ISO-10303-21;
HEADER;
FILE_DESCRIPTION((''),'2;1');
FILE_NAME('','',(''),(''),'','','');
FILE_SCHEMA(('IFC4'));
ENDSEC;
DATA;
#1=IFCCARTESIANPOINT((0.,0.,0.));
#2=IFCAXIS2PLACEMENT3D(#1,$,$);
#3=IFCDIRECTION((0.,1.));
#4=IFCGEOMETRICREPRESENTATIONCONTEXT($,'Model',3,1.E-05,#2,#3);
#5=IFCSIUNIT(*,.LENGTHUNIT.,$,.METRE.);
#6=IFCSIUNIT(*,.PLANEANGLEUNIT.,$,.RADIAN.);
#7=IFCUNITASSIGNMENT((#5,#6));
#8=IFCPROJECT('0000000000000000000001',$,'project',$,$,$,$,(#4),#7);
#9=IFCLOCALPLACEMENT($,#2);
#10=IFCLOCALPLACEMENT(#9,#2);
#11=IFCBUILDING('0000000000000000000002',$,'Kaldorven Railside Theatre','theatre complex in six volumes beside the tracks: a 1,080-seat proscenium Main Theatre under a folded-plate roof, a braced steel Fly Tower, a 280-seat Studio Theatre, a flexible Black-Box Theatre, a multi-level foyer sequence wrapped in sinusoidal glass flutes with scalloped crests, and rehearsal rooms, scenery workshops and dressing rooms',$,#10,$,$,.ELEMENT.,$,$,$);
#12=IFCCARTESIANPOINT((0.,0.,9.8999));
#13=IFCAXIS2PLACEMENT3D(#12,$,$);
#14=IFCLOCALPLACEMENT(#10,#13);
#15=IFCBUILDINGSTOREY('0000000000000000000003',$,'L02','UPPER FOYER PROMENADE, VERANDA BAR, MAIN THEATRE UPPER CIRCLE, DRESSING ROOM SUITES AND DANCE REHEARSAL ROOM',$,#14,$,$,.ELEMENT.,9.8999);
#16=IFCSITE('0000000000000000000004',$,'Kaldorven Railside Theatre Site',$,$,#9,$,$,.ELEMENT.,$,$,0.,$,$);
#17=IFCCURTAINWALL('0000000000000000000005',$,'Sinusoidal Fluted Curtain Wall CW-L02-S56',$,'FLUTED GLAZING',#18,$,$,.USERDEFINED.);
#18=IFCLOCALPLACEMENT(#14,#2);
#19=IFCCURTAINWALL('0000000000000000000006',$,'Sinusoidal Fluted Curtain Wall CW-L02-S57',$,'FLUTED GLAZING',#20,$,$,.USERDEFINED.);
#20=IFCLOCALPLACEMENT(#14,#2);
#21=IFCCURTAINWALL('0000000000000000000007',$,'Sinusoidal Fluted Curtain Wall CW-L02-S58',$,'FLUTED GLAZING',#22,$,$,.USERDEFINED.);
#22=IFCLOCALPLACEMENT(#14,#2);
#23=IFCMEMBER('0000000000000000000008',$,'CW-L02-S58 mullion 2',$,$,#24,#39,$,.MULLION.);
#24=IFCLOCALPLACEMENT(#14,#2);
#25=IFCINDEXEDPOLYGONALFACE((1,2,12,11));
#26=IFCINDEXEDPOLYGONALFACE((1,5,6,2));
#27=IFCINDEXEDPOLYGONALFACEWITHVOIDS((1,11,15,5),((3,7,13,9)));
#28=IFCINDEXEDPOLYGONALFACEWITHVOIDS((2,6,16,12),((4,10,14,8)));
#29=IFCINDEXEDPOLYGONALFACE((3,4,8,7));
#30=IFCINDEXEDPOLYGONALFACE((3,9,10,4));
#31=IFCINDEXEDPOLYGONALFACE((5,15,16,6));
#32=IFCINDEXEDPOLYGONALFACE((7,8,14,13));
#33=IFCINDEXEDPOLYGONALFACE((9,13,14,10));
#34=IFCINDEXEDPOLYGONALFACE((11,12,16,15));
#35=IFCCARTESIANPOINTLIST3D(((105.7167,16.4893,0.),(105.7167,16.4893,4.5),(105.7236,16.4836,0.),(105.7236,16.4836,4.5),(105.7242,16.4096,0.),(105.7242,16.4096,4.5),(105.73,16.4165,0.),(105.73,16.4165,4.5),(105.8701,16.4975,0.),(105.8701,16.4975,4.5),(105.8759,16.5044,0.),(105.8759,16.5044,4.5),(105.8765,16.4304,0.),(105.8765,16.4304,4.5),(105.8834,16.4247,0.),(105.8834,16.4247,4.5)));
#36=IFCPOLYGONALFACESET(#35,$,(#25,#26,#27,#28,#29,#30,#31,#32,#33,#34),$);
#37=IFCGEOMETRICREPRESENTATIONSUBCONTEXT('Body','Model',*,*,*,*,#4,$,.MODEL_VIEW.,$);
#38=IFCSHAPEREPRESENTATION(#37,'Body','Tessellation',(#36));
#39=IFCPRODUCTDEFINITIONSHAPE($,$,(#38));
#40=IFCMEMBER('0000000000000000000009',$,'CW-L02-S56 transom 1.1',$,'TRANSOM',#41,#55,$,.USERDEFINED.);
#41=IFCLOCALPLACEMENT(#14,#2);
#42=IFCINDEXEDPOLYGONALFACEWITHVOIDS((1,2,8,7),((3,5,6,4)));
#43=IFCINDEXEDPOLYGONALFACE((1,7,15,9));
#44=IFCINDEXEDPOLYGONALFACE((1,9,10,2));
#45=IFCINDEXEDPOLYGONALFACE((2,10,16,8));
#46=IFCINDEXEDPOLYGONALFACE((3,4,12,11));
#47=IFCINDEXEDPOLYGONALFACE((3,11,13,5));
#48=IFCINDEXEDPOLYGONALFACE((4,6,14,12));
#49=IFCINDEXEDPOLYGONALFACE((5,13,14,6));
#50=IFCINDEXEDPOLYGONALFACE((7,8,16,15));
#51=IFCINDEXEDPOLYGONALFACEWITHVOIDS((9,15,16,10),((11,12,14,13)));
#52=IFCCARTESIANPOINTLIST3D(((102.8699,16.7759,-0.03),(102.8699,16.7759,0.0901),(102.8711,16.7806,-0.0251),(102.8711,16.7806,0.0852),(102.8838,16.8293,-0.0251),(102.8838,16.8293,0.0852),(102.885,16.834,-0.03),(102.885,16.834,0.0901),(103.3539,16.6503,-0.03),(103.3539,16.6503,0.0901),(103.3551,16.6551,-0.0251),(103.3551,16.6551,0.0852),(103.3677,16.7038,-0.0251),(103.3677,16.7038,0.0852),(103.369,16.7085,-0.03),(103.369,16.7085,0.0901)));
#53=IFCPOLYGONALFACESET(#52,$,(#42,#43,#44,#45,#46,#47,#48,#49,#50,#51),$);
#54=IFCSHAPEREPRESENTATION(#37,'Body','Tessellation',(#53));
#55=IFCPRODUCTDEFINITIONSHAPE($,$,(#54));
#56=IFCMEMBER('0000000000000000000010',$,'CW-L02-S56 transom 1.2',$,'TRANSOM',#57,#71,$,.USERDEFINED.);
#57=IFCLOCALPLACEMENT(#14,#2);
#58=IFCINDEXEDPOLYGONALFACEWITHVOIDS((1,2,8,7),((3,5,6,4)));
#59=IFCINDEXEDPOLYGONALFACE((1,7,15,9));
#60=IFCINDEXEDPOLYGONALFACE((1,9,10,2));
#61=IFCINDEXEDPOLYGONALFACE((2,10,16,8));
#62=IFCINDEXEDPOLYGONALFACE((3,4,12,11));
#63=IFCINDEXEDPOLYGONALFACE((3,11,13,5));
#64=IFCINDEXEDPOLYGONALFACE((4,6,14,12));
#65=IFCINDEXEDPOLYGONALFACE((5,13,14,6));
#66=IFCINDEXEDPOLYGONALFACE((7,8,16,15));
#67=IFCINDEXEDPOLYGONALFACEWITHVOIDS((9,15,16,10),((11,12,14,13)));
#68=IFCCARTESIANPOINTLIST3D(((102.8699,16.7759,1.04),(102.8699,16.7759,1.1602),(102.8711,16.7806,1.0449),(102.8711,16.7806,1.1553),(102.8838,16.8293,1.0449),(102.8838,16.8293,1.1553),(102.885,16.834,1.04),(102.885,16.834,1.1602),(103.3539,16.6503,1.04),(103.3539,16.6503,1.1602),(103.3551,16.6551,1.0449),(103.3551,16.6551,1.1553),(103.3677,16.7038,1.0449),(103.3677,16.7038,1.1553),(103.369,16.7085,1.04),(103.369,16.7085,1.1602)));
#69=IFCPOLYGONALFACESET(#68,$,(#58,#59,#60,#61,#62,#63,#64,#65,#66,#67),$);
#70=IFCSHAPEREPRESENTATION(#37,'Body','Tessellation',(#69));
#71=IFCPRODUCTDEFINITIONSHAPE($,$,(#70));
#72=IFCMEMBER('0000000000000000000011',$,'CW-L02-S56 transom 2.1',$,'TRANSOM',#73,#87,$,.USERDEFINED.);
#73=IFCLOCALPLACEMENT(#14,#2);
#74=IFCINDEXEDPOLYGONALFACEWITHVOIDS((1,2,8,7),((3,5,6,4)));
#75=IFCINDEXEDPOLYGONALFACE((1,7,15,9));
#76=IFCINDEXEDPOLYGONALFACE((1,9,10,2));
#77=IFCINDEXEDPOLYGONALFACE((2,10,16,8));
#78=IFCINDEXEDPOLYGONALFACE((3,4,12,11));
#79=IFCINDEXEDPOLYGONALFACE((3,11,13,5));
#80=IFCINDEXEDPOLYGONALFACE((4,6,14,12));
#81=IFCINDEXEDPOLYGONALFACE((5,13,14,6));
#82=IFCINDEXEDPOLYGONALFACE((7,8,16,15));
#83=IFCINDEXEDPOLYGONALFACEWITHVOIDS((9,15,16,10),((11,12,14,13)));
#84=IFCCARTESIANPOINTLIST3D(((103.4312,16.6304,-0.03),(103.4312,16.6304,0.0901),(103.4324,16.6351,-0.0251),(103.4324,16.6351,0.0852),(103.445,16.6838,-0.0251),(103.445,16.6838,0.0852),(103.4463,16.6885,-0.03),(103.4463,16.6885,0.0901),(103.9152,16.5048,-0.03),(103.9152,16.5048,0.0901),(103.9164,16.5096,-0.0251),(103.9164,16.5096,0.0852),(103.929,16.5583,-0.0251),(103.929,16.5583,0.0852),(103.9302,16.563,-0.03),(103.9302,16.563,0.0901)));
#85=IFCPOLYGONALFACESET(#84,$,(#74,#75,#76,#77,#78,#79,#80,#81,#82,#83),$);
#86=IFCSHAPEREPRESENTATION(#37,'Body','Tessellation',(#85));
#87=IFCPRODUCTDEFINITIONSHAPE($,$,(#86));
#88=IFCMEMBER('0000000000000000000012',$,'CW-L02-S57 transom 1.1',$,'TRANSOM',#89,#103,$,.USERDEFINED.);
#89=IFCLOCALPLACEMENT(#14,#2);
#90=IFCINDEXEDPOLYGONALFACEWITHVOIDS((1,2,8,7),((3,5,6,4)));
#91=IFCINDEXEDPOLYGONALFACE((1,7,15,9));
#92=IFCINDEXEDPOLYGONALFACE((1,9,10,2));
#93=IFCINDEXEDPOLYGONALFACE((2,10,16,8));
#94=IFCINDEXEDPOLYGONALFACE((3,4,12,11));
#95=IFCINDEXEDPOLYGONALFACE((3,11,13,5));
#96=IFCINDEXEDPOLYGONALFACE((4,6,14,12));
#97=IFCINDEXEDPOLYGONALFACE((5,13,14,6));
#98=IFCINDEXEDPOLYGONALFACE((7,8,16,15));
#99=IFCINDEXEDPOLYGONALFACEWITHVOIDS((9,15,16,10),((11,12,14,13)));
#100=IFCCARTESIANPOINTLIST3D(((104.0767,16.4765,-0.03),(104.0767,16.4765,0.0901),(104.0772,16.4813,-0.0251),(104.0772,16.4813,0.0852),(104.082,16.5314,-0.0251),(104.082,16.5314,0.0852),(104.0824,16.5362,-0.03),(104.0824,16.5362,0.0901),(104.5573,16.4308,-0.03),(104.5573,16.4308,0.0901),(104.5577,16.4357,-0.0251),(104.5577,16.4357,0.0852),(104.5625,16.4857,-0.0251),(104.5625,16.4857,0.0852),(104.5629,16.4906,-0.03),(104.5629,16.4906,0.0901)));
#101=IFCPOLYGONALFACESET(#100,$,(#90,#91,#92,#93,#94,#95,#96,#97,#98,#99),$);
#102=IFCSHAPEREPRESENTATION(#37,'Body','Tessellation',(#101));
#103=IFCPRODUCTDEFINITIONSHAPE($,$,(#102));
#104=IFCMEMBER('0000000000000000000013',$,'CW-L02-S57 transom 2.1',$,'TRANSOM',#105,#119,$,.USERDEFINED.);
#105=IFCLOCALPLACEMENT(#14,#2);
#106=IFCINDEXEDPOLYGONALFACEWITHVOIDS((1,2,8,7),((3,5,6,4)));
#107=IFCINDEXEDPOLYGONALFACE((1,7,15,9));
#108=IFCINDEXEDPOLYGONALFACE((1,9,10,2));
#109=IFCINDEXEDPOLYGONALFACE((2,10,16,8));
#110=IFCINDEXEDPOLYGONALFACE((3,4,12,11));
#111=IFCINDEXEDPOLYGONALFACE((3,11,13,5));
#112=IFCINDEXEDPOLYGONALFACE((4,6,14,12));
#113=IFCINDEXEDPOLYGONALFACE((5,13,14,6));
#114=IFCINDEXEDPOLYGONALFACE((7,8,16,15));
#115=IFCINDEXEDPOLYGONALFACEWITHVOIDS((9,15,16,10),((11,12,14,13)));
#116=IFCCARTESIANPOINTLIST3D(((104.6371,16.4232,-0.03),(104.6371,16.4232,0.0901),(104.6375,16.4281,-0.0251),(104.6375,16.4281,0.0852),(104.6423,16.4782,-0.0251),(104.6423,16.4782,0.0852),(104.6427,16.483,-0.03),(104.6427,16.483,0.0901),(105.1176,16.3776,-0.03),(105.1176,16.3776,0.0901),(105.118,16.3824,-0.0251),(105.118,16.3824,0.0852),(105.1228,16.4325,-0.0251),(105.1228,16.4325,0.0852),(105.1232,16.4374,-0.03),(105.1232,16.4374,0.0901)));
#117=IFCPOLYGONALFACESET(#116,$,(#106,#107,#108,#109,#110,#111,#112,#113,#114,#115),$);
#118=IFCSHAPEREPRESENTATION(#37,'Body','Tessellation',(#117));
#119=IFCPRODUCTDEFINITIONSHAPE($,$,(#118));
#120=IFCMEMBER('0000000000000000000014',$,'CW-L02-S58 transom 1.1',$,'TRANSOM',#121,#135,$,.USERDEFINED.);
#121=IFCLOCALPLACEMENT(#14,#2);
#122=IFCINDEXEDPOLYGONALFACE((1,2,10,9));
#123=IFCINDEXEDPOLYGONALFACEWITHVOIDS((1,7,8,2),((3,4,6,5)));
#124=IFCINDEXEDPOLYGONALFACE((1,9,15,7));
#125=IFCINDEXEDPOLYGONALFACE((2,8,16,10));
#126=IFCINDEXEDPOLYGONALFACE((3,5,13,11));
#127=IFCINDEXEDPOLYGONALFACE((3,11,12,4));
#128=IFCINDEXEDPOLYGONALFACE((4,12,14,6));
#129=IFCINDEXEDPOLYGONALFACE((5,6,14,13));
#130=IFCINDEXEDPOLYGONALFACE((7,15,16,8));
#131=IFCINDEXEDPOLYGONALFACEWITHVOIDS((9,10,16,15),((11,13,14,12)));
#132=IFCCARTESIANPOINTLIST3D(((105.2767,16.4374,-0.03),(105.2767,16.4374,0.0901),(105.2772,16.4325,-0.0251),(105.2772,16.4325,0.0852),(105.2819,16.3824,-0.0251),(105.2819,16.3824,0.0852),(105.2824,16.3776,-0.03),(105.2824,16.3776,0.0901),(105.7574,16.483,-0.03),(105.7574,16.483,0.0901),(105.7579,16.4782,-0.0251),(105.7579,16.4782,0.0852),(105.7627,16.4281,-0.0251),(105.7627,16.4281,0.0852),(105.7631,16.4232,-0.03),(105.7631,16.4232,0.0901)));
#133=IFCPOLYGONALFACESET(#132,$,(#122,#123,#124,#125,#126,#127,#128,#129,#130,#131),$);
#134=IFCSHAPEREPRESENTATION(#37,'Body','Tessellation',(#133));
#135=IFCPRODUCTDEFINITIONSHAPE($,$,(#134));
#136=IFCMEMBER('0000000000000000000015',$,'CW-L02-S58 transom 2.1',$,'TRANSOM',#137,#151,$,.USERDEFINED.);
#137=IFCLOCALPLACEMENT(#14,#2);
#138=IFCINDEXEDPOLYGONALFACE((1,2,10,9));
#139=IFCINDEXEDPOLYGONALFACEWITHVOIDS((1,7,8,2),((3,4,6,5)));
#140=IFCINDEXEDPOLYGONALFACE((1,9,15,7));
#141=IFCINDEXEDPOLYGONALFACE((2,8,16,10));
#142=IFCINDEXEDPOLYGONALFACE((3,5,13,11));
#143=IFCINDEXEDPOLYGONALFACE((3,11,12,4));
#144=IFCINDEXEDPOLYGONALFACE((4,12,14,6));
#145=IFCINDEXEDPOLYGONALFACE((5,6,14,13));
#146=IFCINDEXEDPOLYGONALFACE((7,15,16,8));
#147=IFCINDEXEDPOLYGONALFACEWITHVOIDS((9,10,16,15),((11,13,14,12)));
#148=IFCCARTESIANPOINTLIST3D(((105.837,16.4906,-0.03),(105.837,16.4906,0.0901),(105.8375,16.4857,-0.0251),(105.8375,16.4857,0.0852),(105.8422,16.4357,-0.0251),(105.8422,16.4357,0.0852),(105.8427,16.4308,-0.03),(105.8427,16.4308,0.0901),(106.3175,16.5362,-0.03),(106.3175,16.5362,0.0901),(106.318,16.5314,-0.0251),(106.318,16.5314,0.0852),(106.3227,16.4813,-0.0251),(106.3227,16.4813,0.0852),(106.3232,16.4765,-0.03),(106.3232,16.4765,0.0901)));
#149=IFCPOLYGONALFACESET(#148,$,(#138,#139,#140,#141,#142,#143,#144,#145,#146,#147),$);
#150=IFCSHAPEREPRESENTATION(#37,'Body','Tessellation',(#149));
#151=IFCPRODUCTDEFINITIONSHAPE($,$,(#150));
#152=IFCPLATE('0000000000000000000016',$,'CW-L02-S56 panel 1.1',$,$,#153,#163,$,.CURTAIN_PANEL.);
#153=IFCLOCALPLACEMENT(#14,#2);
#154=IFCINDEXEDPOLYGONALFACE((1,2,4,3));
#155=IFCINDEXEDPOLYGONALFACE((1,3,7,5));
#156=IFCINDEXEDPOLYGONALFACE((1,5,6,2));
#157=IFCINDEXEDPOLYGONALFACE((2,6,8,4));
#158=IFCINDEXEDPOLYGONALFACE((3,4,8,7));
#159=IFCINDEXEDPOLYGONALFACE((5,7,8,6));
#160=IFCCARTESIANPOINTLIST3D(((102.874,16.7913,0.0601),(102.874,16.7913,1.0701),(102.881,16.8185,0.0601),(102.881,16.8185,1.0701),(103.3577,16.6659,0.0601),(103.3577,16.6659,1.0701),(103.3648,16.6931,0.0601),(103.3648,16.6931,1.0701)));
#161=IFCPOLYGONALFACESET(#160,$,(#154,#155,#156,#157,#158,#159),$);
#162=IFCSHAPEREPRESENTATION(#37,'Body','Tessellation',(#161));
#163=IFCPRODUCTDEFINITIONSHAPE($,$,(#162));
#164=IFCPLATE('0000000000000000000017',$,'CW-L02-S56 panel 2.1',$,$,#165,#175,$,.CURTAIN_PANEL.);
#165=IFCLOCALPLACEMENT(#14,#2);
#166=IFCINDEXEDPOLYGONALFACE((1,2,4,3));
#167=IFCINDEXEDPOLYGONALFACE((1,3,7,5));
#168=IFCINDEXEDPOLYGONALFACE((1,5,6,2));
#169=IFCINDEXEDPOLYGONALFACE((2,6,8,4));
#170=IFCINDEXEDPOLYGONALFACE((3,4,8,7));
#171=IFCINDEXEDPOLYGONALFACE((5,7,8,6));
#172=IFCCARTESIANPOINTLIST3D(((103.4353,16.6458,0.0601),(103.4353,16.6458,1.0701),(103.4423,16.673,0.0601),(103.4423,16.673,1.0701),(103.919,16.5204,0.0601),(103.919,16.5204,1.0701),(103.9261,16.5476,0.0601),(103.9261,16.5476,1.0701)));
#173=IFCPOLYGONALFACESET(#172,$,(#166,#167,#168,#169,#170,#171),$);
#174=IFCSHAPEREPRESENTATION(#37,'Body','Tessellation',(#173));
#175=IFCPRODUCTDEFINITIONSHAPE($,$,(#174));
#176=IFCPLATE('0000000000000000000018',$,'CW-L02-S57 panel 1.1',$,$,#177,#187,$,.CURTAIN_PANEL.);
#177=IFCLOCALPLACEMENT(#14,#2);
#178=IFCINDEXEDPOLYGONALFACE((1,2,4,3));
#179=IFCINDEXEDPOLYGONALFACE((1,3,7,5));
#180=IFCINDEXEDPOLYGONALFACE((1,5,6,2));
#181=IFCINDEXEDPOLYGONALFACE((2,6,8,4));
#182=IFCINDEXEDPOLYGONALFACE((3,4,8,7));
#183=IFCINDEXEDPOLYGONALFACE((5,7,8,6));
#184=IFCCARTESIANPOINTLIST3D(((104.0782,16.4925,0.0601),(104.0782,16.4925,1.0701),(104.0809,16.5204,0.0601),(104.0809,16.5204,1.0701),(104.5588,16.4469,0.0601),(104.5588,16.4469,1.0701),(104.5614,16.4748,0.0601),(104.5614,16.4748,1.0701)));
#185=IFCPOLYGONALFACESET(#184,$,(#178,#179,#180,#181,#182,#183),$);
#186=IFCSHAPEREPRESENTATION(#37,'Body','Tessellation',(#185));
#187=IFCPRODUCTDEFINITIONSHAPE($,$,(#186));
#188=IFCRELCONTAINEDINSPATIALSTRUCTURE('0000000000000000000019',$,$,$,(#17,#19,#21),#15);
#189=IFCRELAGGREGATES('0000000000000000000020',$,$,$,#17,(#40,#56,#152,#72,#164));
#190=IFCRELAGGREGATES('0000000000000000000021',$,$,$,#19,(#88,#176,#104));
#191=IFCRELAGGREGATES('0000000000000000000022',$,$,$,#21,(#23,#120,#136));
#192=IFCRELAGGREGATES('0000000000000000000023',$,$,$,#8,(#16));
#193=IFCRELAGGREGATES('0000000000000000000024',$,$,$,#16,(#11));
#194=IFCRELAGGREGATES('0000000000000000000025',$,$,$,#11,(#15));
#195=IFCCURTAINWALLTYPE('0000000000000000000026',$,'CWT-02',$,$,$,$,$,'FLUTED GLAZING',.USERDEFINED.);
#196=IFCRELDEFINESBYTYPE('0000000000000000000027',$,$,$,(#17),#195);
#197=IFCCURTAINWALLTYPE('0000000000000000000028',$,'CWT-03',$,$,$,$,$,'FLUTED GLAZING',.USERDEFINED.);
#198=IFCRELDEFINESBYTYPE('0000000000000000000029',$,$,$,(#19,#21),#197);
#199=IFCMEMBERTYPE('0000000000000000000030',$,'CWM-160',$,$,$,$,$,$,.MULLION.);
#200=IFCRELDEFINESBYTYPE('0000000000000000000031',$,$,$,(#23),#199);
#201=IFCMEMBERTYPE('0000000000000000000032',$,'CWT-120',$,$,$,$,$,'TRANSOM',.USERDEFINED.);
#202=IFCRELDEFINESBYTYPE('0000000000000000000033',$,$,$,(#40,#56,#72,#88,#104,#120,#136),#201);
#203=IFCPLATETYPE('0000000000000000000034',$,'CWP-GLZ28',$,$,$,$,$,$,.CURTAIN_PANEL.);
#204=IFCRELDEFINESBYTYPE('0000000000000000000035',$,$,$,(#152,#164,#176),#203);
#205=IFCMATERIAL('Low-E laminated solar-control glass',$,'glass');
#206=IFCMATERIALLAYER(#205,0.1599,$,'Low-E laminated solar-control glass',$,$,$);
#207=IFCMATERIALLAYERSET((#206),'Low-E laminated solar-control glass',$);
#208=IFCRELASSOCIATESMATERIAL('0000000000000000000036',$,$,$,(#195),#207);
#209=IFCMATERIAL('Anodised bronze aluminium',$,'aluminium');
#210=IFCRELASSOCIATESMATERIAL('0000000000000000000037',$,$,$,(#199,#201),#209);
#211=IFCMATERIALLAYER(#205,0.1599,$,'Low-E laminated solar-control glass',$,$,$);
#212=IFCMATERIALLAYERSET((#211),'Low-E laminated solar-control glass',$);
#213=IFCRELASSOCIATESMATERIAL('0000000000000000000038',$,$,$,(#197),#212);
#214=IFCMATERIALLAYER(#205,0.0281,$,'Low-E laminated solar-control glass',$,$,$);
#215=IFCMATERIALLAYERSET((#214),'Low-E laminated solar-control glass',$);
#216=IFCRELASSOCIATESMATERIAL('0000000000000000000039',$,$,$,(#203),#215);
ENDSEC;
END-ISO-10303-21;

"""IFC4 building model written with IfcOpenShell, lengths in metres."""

from ifc_helpers import new_model, si_unit, direction, frame, origin, origin_2d, place, context, subcontext, project, spatial, rectangle, hollow_rectangle, extrude, material, layer, layer_set, material_profile, profile_set, type_object, element, aggregate, save


model = new_model("IFC4")

# Units and contexts
model_context = context("Model", 3, precision=1e-05, world=origin(), true_north=direction((0.0, 1.0)))
body_context = subcontext(model_context, "Body", "Model", "MODEL_VIEW")
ifc_project = project(units=[si_unit("LENGTHUNIT", "METRE"), si_unit("PLANEANGLEUNIT", "RADIAN")], contexts=[model_context])

# Site, building, storey
site_placement = place(None, origin())
site = spatial("IfcSite", under=ifc_project, at=site_placement, Name="Kaldorven Railside Theatre Site", CompositionType="ELEMENT", RefElevation=0.0)
building_placement = place(site_placement, origin())
building = spatial("IfcBuilding", under=site, at=building_placement, Name="Kaldorven Railside Theatre", Description="theatre complex in six volumes beside the tracks: a 1,080-seat proscenium Main Theatre under a folded-plate roof, a braced steel Fly Tower, a 280-seat Studio Theatre, a flexible Black-Box Theatre, a multi-level foyer sequence wrapped in sinusoidal glass flutes with scalloped crests, and rehearsal rooms, scenery workshops and dressing rooms", CompositionType="ELEMENT")
storey_placement = place(building_placement, frame((0.0, 0.0, 9.8999)))
storey = spatial("IfcBuildingStorey", under=building, at=storey_placement, Name="L02", Description="UPPER FOYER PROMENADE, VERANDA BAR, MAIN THEATRE UPPER CIRCLE, DRESSING ROOM SUITES AND DANCE REHEARSAL ROOM", CompositionType="ELEMENT", Elevation=9.8999)

# Curtain walls, member
ifc_material_1 = material(Name="Low-E laminated solar-control glass", Category="glass")
ifc_layer_1 = layer(ifc_material_1, 0.1599, Name="Low-E laminated solar-control glass")
ifc_layer_set_1 = layer_set([ifc_layer_1], Name="Low-E laminated solar-control glass")
curtain_wall_type_1 = type_object("IfcCurtainWallType", Name="CWT-02", ElementType="FLUTED GLAZING", PredefinedType="USERDEFINED", material=ifc_layer_set_1)
curtain_wall_1_placement = place(storey_placement, origin())
curtain_wall_1 = element("IfcCurtainWall", 1, at=curtain_wall_1_placement, inside=storey, type_object=curtain_wall_type_1, Name="Sinusoidal Fluted Curtain Wall CW-L02-S56", ObjectType="FLUTED GLAZING", PredefinedType="USERDEFINED")
ifc_material_2 = material(Name="Anodised bronze aluminium", Category="aluminium")
ifc_material_profile_1 = material_profile(ifc_material_2, hollow_rectangle(XDim=0.0801, YDim=0.1599, WallThickness=0.0063, at=origin_2d()), Name="RHS 160x80x6.3")
ifc_profile_set_1 = profile_set([ifc_material_profile_1], Name="Anodised bronze aluminium")
member_type_1 = type_object("IfcMemberType", Name="CWM-160", PredefinedType="MULLION", material=ifc_profile_set_1)
ifc_layer_2 = layer(ifc_material_1, 0.1599, Name="Low-E laminated solar-control glass")
ifc_layer_set_2 = layer_set([ifc_layer_2], Name="Low-E laminated solar-control glass")
curtain_wall_type_2 = type_object("IfcCurtainWallType", Name="CWT-03", ElementType="FLUTED GLAZING", PredefinedType="USERDEFINED", material=ifc_layer_set_2)
curtain_wall_2_placement = place(storey_placement, origin())
curtain_wall_2 = element("IfcCurtainWall", 2, at=curtain_wall_2_placement, inside=storey, type_object=curtain_wall_type_2, Name="Sinusoidal Fluted Curtain Wall CW-L02-S57", ObjectType="FLUTED GLAZING", PredefinedType="USERDEFINED")
curtain_wall_3_placement = place(storey_placement, origin())
curtain_wall_3 = element("IfcCurtainWall", 3, at=curtain_wall_3_placement, inside=storey, type_object=curtain_wall_type_2, Name="Sinusoidal Fluted Curtain Wall CW-L02-S58", ObjectType="FLUTED GLAZING", PredefinedType="USERDEFINED")
member_1_placement = place(storey_placement, frame((105.8, 16.457, 0.0), z_axis=(0.0, 0.0, 1.0), x_axis=(-0.094492, 0.995526, 0.0)))
member_1 = element("IfcMember", 4, at=member_1_placement, type_object=member_type_1, Name="CW-L02-S58 mullion 2", PredefinedType="MULLION", context=body_context, shape_type="SweptSolid", body=[
    extrude(hollow_rectangle(XDim=0.0801, YDim=0.1599, WallThickness=0.0063, at=origin_2d()), origin(), (0.0, 0.0, 1.0), 4.5),
])

# Members
ifc_material_profile_2 = material_profile(ifc_material_2, hollow_rectangle(XDim=0.0601, YDim=0.1201, WallThickness=0.0049, at=origin_2d()), Name="RHS 120x60x5")
ifc_profile_set_2 = profile_set([ifc_material_profile_2], Name="Anodised bronze aluminium")
member_type_2 = type_object("IfcMemberType", Name="CWT-120", ElementType="TRANSOM", PredefinedType="USERDEFINED", material=ifc_profile_set_2)
member_2_placement = place(storey_placement, frame((102.8774, 16.8049, 0.03), z_axis=(0.967979, -0.25103, 0.0), x_axis=(0.25103, 0.967979, 0.0)))
member_2 = element("IfcMember", 5, at=member_2_placement, type_object=member_type_2, Name="CW-L02-S56 transom 1.1", ObjectType="TRANSOM", PredefinedType="USERDEFINED", context=body_context, shape_type="SweptSolid", body=[
    extrude(hollow_rectangle(XDim=0.0601, YDim=0.1201, WallThickness=0.0049, at=origin_2d()), origin(), (0.0, 0.0, 1.0), 0.5),
])
member_3_placement = place(storey_placement, frame((102.8774, 16.8049, 1.1001), z_axis=(0.967979, -0.25103, 0.0), x_axis=(0.25103, 0.967979, 0.0)))
member_3 = element("IfcMember", 6, at=member_3_placement, type_object=member_type_2, Name="CW-L02-S56 transom 1.2", ObjectType="TRANSOM", PredefinedType="USERDEFINED", context=body_context, shape_type="SweptSolid", body=[
    extrude(hollow_rectangle(XDim=0.0601, YDim=0.1201, WallThickness=0.0049, at=origin_2d()), origin(), (0.0, 0.0, 1.0), 0.5),
])
member_4_placement = place(storey_placement, frame((103.4387, 16.6594, 0.03), z_axis=(0.967979, -0.25103, 0.0), x_axis=(0.25103, 0.967979, 0.0)))
member_4 = element("IfcMember", 7, at=member_4_placement, type_object=member_type_2, Name="CW-L02-S56 transom 2.1", ObjectType="TRANSOM", PredefinedType="USERDEFINED", context=body_context, shape_type="SweptSolid", body=[
    extrude(hollow_rectangle(XDim=0.0601, YDim=0.1201, WallThickness=0.0049, at=origin_2d()), origin(), (0.0, 0.0, 1.0), 0.5),
])
member_5_placement = place(storey_placement, frame((104.0796, 16.5063, 0.03), z_axis=(0.995516, -0.094594, 0.0), x_axis=(0.094594, 0.995516, 0.0)))
member_5 = element("IfcMember", 8, at=member_5_placement, type_object=member_type_2, Name="CW-L02-S57 transom 1.1", ObjectType="TRANSOM", PredefinedType="USERDEFINED", context=body_context, shape_type="SweptSolid", body=[
    extrude(hollow_rectangle(XDim=0.0601, YDim=0.1201, WallThickness=0.0049, at=origin_2d()), origin(), (0.0, 0.0, 1.0), 0.4827),
])
member_6_placement = place(storey_placement, frame((104.6399, 16.4531, 0.03), z_axis=(0.995516, -0.094594, 0.0), x_axis=(0.094594, 0.995516, 0.0)))
member_6 = element("IfcMember", 9, at=member_6_placement, type_object=member_type_2, Name="CW-L02-S57 transom 2.1", ObjectType="TRANSOM", PredefinedType="USERDEFINED", context=body_context, shape_type="SweptSolid", body=[
    extrude(hollow_rectangle(XDim=0.0601, YDim=0.1201, WallThickness=0.0049, at=origin_2d()), origin(), (0.0, 0.0, 1.0), 0.4827),
])
member_7_placement = place(storey_placement, frame((105.2795, 16.4075, 0.03), z_axis=(0.99552, 0.094547, 0.0), x_axis=(-0.094547, 0.99552, 0.0)))
member_7 = element("IfcMember", 10, at=member_7_placement, type_object=member_type_2, Name="CW-L02-S58 transom 1.1", ObjectType="TRANSOM", PredefinedType="USERDEFINED", context=body_context, shape_type="SweptSolid", body=[
    extrude(hollow_rectangle(XDim=0.0601, YDim=0.1201, WallThickness=0.0049, at=origin_2d()), origin(), (0.0, 0.0, 1.0), 0.4829),
])
member_8_placement = place(storey_placement, frame((105.8398, 16.4607, 0.03), z_axis=(0.995516, 0.094594, 0.0), x_axis=(-0.094594, 0.995516, 0.0)))
member_8 = element("IfcMember", 11, at=member_8_placement, type_object=member_type_2, Name="CW-L02-S58 transom 2.1", ObjectType="TRANSOM", PredefinedType="USERDEFINED", context=body_context, shape_type="SweptSolid", body=[
    extrude(hollow_rectangle(XDim=0.0601, YDim=0.1201, WallThickness=0.0049, at=origin_2d()), origin(), (0.0, 0.0, 1.0), 0.4827),
])

# Plates
ifc_layer_3 = layer(ifc_material_1, 0.0281, Name="Low-E laminated solar-control glass")
ifc_layer_set_3 = layer_set([ifc_layer_3], Name="Low-E laminated solar-control glass")
plate_type = type_object("IfcPlateType", Name="CWP-GLZ28", PredefinedType="CURTAIN_PANEL", material=ifc_layer_set_3)
plate_1_placement = place(storey_placement, frame((103.1194, 16.7422, 0.0601), z_axis=(0.0, 0.0, 1.0), x_axis=(0.967999, -0.250954, 0.0)))
plate_1 = element("IfcPlate", 12, at=plate_1_placement, type_object=plate_type, Name="CW-L02-S56 panel 1.1", PredefinedType="CURTAIN_PANEL", context=body_context, shape_type="SweptSolid", body=[
    extrude(rectangle(XDim=0.4998, YDim=0.0281, at=origin_2d()), origin(), (0.0, 0.0, 1.0), 1.01),
])
plate_2_placement = place(storey_placement, frame((103.6807, 16.5967, 0.0601), z_axis=(0.0, 0.0, 1.0), x_axis=(0.967999, -0.250954, 0.0)))
plate_2 = element("IfcPlate", 13, at=plate_2_placement, type_object=plate_type, Name="CW-L02-S56 panel 2.1", PredefinedType="CURTAIN_PANEL", context=body_context, shape_type="SweptSolid", body=[
    extrude(rectangle(XDim=0.4998, YDim=0.0281, at=origin_2d()), origin(), (0.0, 0.0, 1.0), 1.01),
])
aggregate(curtain_wall_1, [member_2, member_3, plate_1, member_4, plate_2])
plate_3_placement = place(storey_placement, frame((104.3198, 16.4836, 0.0601), z_axis=(0.0, 0.0, 1.0), x_axis=(0.995526, -0.094492, 0.0)))
plate_3 = element("IfcPlate", 14, at=plate_3_placement, type_object=plate_type, Name="CW-L02-S57 panel 1.1", PredefinedType="CURTAIN_PANEL", context=body_context, shape_type="SweptSolid", body=[
    extrude(rectangle(XDim=0.4827, YDim=0.0281, at=origin_2d()), origin(), (0.0, 0.0, 1.0), 1.01),
])
aggregate(curtain_wall_2, [member_5, plate_3, member_6])
aggregate(curtain_wall_3, [member_1, member_7, member_8])

save(model, "model.ifc")
